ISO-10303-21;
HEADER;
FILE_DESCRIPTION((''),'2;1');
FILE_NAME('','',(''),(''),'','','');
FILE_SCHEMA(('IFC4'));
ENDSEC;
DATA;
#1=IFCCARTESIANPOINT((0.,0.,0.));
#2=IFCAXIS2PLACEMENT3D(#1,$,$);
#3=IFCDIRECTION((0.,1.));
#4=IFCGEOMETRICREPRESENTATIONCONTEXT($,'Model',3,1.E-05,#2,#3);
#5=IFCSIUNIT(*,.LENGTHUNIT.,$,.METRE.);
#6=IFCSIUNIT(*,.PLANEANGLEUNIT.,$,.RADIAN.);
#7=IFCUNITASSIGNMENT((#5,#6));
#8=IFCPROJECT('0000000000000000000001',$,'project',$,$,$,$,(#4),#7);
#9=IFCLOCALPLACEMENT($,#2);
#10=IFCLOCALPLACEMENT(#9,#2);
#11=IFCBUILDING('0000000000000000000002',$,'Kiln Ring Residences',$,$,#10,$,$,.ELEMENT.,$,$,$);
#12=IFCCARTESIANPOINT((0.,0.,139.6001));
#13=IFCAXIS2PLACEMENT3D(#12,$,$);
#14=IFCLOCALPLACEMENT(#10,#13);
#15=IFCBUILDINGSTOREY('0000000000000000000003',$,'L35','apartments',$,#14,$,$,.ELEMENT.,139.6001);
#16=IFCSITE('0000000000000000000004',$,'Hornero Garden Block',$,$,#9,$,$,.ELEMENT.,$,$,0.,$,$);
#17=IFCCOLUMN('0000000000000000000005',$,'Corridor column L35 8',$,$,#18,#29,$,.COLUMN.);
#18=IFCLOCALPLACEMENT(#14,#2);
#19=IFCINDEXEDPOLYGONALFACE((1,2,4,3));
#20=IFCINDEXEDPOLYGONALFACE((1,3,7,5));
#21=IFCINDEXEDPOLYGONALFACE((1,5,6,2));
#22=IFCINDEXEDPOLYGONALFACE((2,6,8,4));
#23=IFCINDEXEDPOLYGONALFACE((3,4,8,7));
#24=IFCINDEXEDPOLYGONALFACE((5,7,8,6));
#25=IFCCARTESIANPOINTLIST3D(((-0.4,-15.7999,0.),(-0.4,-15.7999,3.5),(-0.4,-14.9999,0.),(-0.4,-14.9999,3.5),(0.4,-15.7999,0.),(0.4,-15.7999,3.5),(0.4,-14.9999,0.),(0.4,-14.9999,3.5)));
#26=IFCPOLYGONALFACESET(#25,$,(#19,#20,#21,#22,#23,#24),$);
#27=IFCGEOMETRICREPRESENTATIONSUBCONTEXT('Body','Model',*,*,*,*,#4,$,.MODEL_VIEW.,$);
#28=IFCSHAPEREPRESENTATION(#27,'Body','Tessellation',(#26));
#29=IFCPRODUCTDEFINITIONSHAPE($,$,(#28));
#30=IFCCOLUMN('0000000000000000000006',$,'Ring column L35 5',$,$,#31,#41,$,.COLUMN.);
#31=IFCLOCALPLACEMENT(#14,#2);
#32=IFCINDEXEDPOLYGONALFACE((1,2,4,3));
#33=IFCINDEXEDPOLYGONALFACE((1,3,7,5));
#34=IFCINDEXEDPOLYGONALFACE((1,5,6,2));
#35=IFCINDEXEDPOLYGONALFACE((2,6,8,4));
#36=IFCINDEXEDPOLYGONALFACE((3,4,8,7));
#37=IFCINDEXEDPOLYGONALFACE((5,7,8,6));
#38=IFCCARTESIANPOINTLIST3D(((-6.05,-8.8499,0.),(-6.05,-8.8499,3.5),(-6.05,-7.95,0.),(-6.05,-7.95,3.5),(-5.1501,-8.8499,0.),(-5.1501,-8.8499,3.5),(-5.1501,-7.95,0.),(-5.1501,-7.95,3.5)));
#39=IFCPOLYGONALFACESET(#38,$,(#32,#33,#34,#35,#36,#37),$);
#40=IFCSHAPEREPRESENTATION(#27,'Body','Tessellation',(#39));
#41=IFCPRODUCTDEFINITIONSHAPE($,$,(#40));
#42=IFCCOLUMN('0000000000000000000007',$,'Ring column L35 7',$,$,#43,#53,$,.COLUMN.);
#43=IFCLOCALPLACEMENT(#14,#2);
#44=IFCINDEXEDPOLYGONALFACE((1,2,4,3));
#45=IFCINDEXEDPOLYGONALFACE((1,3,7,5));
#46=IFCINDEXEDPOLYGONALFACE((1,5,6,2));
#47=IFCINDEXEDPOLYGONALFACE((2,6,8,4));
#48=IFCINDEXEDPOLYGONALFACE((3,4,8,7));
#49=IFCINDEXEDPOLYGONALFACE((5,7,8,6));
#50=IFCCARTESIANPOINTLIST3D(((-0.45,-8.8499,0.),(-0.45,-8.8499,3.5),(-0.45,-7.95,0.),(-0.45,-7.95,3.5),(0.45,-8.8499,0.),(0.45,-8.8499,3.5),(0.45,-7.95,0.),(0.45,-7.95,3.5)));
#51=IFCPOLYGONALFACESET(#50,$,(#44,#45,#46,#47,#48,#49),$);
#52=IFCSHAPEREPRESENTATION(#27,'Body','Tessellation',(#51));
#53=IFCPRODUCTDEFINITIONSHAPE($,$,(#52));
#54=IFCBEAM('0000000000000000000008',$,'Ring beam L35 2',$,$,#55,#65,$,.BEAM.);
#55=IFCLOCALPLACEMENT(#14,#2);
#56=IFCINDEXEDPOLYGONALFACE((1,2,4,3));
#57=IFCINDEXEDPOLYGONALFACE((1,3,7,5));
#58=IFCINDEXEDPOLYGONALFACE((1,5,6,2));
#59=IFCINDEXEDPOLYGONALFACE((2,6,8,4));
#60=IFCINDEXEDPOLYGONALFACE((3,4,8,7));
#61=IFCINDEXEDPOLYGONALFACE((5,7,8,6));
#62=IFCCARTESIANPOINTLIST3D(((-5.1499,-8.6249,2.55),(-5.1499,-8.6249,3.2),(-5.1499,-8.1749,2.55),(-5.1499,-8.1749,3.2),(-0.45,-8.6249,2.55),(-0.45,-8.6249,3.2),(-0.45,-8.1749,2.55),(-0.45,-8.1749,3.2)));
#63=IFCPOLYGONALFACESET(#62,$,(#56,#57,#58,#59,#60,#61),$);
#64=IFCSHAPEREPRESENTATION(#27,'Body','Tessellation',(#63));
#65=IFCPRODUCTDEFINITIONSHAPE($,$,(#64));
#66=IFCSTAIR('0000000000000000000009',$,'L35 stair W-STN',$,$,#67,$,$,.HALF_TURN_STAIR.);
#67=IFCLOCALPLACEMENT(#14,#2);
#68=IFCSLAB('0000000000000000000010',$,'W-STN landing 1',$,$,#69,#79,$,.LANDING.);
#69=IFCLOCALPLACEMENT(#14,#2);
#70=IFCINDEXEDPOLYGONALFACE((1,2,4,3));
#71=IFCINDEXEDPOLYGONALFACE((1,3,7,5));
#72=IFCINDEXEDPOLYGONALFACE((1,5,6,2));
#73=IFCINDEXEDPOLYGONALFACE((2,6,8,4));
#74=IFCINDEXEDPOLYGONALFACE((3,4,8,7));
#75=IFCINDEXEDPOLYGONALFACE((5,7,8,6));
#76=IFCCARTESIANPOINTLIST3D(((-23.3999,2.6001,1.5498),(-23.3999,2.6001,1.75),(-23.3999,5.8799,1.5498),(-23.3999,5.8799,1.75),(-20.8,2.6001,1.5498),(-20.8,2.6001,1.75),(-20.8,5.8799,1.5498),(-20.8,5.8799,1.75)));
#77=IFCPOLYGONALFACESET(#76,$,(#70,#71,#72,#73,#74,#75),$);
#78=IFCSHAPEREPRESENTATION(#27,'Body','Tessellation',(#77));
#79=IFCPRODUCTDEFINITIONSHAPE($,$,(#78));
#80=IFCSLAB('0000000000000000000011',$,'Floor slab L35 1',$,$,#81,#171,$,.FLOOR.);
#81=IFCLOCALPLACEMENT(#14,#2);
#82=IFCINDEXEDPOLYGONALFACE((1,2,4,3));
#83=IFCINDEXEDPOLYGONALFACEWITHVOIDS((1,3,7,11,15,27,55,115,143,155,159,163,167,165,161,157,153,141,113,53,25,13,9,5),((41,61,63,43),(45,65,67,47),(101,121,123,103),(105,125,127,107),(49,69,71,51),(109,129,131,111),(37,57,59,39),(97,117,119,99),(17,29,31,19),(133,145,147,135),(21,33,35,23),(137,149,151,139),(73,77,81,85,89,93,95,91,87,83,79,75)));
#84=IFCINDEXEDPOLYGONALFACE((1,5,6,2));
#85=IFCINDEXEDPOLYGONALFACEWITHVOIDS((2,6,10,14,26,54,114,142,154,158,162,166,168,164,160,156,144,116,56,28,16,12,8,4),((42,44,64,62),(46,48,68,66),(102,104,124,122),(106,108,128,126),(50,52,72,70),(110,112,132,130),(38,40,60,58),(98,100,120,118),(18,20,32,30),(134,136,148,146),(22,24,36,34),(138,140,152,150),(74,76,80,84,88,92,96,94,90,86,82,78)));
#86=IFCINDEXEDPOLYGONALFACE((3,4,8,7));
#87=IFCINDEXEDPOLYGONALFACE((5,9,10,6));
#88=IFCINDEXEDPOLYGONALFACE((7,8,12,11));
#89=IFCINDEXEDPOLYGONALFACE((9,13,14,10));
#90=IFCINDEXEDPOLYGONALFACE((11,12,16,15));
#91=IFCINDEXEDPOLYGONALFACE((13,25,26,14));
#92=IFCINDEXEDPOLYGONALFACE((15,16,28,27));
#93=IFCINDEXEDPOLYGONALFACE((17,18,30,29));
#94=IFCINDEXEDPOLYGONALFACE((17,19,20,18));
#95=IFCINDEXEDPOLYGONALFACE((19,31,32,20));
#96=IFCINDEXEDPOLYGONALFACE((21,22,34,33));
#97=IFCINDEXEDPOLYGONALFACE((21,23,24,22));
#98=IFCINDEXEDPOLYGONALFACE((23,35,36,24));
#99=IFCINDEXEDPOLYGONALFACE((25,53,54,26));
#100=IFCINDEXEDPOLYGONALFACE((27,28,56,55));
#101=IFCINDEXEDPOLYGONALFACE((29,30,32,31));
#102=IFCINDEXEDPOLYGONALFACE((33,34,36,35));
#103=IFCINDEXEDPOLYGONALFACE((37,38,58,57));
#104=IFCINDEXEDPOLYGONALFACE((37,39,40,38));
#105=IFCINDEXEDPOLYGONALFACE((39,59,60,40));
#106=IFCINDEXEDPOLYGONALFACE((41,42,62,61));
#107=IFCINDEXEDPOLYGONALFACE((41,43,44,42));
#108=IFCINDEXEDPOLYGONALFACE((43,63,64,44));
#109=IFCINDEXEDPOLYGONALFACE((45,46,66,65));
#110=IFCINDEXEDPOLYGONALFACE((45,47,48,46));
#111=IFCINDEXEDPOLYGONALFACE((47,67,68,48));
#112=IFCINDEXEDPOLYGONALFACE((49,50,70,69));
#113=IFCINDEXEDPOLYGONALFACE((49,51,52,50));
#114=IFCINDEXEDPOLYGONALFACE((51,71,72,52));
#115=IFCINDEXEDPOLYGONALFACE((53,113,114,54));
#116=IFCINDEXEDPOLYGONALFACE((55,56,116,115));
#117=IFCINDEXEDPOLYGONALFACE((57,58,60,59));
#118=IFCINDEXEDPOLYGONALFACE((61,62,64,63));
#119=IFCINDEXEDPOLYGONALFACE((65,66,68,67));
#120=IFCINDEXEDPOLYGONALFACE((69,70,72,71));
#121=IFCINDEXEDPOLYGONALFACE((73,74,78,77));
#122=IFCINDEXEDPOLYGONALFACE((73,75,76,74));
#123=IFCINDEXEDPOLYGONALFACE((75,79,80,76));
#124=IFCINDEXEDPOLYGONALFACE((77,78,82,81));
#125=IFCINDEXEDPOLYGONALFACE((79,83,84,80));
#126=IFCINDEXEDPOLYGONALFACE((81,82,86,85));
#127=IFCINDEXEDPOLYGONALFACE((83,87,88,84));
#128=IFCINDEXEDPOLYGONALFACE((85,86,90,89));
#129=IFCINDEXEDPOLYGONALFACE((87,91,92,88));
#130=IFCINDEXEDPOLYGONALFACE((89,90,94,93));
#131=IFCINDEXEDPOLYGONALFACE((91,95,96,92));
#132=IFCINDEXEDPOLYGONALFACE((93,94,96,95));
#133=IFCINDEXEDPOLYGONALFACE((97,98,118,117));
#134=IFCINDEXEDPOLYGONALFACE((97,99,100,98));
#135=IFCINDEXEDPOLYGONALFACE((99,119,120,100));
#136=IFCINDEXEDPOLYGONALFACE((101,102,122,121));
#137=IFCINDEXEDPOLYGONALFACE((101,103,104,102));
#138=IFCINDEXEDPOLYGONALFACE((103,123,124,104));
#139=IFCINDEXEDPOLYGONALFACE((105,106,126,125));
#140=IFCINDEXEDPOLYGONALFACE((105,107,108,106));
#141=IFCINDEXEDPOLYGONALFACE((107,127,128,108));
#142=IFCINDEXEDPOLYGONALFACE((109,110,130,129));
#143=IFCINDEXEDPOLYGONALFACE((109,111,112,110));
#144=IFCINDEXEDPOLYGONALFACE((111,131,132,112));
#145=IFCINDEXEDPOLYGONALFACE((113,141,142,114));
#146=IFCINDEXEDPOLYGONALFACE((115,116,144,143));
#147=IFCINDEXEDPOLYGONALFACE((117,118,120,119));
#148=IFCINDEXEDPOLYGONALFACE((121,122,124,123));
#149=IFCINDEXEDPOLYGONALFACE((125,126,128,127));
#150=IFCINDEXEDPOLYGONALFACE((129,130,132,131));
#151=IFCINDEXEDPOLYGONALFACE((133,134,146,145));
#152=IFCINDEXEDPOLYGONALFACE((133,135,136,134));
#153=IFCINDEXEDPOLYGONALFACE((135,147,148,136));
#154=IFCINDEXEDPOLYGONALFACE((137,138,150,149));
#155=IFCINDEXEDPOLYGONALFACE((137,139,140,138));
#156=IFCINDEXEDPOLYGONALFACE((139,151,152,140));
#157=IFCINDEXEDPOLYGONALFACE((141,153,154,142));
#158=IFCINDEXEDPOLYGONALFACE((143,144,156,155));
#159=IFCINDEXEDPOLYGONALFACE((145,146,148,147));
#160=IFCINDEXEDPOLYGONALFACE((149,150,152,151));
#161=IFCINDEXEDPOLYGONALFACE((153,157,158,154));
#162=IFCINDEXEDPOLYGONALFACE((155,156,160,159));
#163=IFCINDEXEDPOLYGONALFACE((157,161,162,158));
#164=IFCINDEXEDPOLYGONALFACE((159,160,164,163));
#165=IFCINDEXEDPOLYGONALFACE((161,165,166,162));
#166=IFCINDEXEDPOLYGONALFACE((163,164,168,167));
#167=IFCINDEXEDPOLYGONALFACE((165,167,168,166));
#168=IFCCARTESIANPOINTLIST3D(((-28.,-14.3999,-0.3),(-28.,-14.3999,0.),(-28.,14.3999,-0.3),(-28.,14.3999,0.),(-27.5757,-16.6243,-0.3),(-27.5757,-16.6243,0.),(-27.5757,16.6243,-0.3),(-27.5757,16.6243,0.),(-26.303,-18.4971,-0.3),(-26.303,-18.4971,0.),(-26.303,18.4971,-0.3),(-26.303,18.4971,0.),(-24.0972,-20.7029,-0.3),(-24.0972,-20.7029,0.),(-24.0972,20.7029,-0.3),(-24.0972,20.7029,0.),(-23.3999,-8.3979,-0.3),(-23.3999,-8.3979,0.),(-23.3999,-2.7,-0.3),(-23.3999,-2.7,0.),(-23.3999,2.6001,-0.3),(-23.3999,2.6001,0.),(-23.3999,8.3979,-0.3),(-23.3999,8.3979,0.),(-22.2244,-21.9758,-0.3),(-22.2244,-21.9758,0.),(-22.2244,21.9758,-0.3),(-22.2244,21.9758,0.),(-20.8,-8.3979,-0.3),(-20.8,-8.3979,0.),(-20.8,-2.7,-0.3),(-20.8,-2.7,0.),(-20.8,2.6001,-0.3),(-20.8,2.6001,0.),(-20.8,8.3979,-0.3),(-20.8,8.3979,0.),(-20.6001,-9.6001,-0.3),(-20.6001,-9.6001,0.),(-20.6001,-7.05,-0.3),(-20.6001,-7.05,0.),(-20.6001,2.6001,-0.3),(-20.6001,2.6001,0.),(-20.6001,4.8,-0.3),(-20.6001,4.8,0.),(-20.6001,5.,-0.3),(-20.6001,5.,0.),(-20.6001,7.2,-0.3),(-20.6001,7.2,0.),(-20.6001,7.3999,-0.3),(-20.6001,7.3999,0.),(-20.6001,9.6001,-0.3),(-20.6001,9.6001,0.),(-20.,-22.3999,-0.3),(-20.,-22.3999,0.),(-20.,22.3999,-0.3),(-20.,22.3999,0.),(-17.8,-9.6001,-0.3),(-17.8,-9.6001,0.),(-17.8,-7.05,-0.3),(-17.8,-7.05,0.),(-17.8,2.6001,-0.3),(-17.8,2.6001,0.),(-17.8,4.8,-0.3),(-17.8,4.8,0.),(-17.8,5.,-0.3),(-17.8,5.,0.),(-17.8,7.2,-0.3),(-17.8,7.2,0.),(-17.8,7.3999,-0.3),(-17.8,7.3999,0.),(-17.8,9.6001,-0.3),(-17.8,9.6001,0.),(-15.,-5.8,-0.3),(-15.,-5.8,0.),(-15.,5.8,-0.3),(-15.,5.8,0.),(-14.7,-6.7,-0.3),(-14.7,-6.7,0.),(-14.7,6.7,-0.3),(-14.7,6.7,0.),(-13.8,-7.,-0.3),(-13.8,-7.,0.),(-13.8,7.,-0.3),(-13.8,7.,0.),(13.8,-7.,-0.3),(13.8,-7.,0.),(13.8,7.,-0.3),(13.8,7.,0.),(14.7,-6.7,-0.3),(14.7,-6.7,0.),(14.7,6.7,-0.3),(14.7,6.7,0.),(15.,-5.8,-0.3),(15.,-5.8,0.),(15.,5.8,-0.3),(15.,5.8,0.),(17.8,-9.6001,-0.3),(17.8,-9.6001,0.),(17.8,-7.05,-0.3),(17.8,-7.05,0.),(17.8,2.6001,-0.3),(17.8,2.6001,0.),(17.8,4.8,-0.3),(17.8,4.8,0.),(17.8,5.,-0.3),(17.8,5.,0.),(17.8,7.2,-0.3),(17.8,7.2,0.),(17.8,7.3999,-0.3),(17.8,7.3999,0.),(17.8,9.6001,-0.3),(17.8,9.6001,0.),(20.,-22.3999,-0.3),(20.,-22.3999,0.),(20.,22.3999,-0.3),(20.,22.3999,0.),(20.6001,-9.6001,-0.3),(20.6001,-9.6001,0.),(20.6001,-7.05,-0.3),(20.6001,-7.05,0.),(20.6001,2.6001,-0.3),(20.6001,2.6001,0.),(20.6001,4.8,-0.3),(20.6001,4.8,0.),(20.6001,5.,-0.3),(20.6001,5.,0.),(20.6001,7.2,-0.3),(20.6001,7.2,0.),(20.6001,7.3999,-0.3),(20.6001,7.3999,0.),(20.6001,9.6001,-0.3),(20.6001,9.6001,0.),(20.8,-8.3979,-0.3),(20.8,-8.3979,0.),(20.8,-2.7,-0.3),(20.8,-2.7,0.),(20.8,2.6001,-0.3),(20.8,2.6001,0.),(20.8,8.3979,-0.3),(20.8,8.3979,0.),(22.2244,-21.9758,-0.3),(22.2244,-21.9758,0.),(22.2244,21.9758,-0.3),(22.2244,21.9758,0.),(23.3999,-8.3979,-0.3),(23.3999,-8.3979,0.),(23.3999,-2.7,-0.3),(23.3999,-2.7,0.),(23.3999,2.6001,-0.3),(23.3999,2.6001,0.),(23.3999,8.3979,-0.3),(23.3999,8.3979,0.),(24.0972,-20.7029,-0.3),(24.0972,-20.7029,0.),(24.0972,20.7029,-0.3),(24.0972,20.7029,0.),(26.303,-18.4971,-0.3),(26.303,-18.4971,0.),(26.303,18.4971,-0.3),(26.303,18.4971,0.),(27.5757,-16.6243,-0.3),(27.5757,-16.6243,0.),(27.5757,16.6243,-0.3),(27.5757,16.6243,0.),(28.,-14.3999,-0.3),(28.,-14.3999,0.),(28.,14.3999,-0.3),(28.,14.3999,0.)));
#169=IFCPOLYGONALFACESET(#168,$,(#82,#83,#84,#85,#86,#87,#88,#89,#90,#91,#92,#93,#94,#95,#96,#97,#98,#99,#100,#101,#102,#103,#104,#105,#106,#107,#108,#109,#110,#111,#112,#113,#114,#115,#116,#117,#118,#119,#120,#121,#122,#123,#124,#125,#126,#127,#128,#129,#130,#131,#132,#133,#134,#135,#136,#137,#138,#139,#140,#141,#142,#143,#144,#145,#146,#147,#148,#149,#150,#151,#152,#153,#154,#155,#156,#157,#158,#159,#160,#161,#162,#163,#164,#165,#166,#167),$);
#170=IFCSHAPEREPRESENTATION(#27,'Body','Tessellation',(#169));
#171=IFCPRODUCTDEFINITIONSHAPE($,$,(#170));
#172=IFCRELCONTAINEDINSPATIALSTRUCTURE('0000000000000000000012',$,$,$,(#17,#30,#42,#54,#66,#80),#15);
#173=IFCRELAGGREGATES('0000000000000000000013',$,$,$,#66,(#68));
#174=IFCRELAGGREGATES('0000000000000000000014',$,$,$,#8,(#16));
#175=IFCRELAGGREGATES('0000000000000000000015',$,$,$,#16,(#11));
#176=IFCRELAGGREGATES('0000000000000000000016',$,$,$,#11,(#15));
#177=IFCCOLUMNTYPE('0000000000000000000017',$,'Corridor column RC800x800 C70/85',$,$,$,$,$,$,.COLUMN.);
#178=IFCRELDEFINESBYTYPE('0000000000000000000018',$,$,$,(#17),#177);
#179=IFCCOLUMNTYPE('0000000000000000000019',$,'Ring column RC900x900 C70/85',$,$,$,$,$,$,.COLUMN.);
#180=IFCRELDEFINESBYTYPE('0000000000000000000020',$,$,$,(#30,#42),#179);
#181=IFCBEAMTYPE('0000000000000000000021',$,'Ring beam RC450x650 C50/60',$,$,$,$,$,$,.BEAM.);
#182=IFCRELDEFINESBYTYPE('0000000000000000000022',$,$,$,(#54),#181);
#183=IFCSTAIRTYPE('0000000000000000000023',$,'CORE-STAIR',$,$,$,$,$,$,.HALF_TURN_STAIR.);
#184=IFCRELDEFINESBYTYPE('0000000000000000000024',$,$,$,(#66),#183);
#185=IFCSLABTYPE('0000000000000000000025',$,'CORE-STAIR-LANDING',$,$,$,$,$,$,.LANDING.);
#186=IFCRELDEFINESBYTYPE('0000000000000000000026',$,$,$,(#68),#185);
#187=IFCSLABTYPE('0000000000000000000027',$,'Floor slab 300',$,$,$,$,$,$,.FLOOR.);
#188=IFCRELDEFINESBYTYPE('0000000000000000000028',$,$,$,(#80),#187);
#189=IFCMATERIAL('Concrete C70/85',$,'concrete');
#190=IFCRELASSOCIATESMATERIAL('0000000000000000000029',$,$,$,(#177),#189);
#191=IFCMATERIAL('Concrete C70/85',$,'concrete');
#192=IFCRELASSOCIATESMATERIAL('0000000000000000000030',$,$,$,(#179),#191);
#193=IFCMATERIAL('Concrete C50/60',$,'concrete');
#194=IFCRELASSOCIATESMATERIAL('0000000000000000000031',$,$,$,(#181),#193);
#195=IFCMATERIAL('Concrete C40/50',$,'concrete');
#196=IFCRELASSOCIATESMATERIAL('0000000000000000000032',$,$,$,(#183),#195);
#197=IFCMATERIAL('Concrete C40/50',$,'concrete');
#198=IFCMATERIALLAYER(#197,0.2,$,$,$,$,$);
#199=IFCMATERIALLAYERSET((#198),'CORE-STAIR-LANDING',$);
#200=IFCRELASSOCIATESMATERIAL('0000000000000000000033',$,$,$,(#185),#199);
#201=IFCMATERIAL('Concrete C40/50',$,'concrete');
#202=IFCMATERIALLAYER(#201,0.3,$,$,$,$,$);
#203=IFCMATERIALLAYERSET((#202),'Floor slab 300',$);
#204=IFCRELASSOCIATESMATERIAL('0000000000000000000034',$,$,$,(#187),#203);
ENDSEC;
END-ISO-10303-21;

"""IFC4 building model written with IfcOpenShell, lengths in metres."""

from ifc_helpers import new_model, si_unit, direction, frame, origin, origin_2d, place, context, subcontext, project, spatial, polyline, rectangle, outline, extrude, material, layer, layer_set, material_profile, profile_set, type_object, element, aggregate, save


model = new_model("IFC4")

# Units and contexts
model_context = context("Model", 3, precision=1e-05, world=origin(), true_north=direction((0.0, 1.0)))
body_context = subcontext(model_context, "Body", "Model", "MODEL_VIEW")
ifc_project = project(units=[si_unit("LENGTHUNIT", "METRE"), si_unit("PLANEANGLEUNIT", "RADIAN")], contexts=[model_context])

# Site, building, storey
site_placement = place(None, origin())
site = spatial("IfcSite", under=ifc_project, at=site_placement, Name="Hornero Garden Block", CompositionType="ELEMENT", RefElevation=0.0)
building_placement = place(site_placement, origin())
building = spatial("IfcBuilding", under=site, at=building_placement, Name="Kiln Ring Residences", CompositionType="ELEMENT")
storey_placement = place(building_placement, frame((0.0, 0.0, 139.6001)))
storey = spatial("IfcBuildingStorey", under=building, at=storey_placement, Name="L35", Description="apartments", CompositionType="ELEMENT", Elevation=139.6001)

# Columns
ifc_material_1 = material(Name="Concrete C70/85", Category="concrete")
ifc_material_profile_1 = material_profile(ifc_material_1, rectangle(XDim=0.8, YDim=0.8, at=origin_2d()), Name="RC800x800")
ifc_profile_set_1 = profile_set([ifc_material_profile_1], Name="Concrete C70/85")
column_type_1 = type_object("IfcColumnType", Name="Corridor column RC800x800 C70/85", PredefinedType="COLUMN", material=ifc_profile_set_1)
column_placement = place(storey_placement, frame((0.0, -15.3999, 0.0), z_axis=(0.0, 0.0, 1.0), x_axis=(1.0, 0.0, 0.0)))
element("IfcColumn", 1, at=column_placement, inside=storey, type_object=column_type_1, Name="Corridor column L35 8", PredefinedType="COLUMN", context=body_context, shape_type="SweptSolid", body=[
    extrude(rectangle(XDim=0.8, YDim=0.8, at=origin_2d()), origin(), (0.0, 0.0, 1.0), 3.5),
])
ifc_material_2 = material(Name="Concrete C70/85", Category="concrete")
ifc_material_profile_2 = material_profile(ifc_material_2, rectangle(XDim=0.8999, YDim=0.8999, at=origin_2d()), Name="RC900x900")
ifc_profile_set_2 = profile_set([ifc_material_profile_2], Name="Concrete C70/85")
column_type_2 = type_object("IfcColumnType", Name="Ring column RC900x900 C70/85", PredefinedType="COLUMN", material=ifc_profile_set_2)
for number, where, z_axis, x_axis, name in (
    (2, (-5.6001, -8.3999, 0.0), (0.0, 0.0, 1.0), (1.0, 0.0, 0.0), "Ring column L35 5"),
    (3, (0.0, -8.3999, 0.0), (0.0, 0.0, 1.0), (1.0, 0.0, 0.0), "Ring column L35 7"),
):
    element("IfcColumn", number, at=place(storey_placement, frame(where, z_axis=z_axis, x_axis=x_axis)), inside=storey, type_object=column_type_2, Name=name, PredefinedType="COLUMN", context=body_context, shape_type="SweptSolid", body=[
        extrude(rectangle(XDim=0.8999, YDim=0.8999, at=origin_2d()), origin(), (0.0, 0.0, 1.0), 3.5),
    ])

# Beam
ifc_material_3 = material(Name="Concrete C50/60", Category="concrete")
ifc_material_profile_3 = material_profile(ifc_material_3, rectangle(XDim=0.45, YDim=0.6499, at=origin_2d()), Name="RC450x650")
ifc_profile_set_3 = profile_set([ifc_material_profile_3], Name="Concrete C50/60")
beam_type = type_object("IfcBeamType", Name="Ring beam RC450x650 C50/60", PredefinedType="BEAM", material=ifc_profile_set_3)
beam_placement = place(storey_placement, frame((-5.1499, -8.3999, 2.875), z_axis=(1.0, 0.0, 0.0), x_axis=(0.0, 1.0, 0.0)))
element("IfcBeam", 4, at=beam_placement, inside=storey, type_object=beam_type, Name="Ring beam L35 2", PredefinedType="BEAM", context=body_context, shape_type="SweptSolid", body=[
    extrude(rectangle(XDim=0.45, YDim=0.6499, at=origin_2d()), origin(), (0.0, 0.0, 1.0), 4.7),
])

# Stair, slab
ifc_material_4 = material(Name="Concrete C40/50", Category="concrete")
stair_type = type_object("IfcStairType", Name="CORE-STAIR", PredefinedType="HALF_TURN_STAIR", material=ifc_material_4)
stair_placement = place(storey_placement, origin())
stair = element("IfcStair", 5, at=stair_placement, inside=storey, type_object=stair_type, Name="L35 stair W-STN", PredefinedType="HALF_TURN_STAIR")
ifc_material_5 = material(Name="Concrete C40/50", Category="concrete")
ifc_layer_1 = layer(ifc_material_5, 0.2)
ifc_layer_set_1 = layer_set([ifc_layer_1], Name="CORE-STAIR-LANDING")
slab_type_1 = type_object("IfcSlabType", Name="CORE-STAIR-LANDING", PredefinedType="LANDING", material=ifc_layer_set_1)
slab_1_placement = place(storey_placement, frame((0.0, 0.0, 1.5498)))
slab_1 = element("IfcSlab", 6, at=slab_1_placement, type_object=slab_type_1, Name="W-STN landing 1", PredefinedType="LANDING", context=body_context, shape_type="SweptSolid", body=[
    extrude(outline(polyline([(-23.3999, 5.8799), (-23.3999, 2.6001), (-20.8, 2.6001), (-20.8, 5.8799), (-23.3999, 5.8799)])), origin(), (0.0, 0.0, 1.0), 0.2002),
])
aggregate(stair, [slab_1])

# Slab
ifc_material_6 = material(Name="Concrete C40/50", Category="concrete")
ifc_layer_2 = layer(ifc_material_6, 0.3)
ifc_layer_set_2 = layer_set([ifc_layer_2], Name="Floor slab 300")
slab_type_2 = type_object("IfcSlabType", Name="Floor slab 300", PredefinedType="FLOOR", material=ifc_layer_set_2)
slab_2_placement = place(storey_placement, frame((0.0, 0.0, -0.3)))
element("IfcSlab", 7, at=slab_2_placement, inside=storey, type_object=slab_type_2, Name="Floor slab L35 1", PredefinedType="FLOOR", context=body_context, shape_type="SweptSolid", body=[
    extrude(outline(polyline([(-26.303, -18.4971), (-24.0972, -20.7029), (-22.2244, -21.9758), (-20.0, -22.3999), (20.0, -22.3999), (22.2244, -21.9758), (24.0972, -20.7029), (26.303, -18.4971), (27.5757, -16.6243), (28.0, -14.3999), (28.0, 14.3999), (27.5757, 16.6243), (26.303, 18.4971), (24.0972, 20.7029), (22.2244, 21.9758), (20.0, 22.3999), (-20.0, 22.3999), (-22.2244, 21.9758), (-24.0972, 20.7029), (-26.303, 18.4971), (-27.5757, 16.6243), (-28.0, 14.3999), (-28.0, -14.3999), (-27.5757, -16.6243), (-26.303, -18.4971)]), holes=[polyline([(-14.7, -6.7), (-15.0, -5.8), (-15.0, 5.8), (-14.7, 6.7), (-13.8, 7.0), (13.8, 7.0), (14.7, 6.7), (15.0, 5.8), (15.0, -5.8), (14.7, -6.7), (13.8, -7.0), (-13.8, -7.0), (-14.7, -6.7)]), polyline([(20.8, -8.3979), (20.8, -2.7), (23.3999, -2.7), (23.3999, -8.3979), (20.8, -8.3979)]), polyline([(23.3999, 2.6001), (20.8, 2.6001), (20.8, 8.3979), (23.3999, 8.3979), (23.3999, 2.6001)]), polyline([(17.8, 2.6001), (17.8, 4.8), (20.6001, 4.8), (20.6001, 2.6001), (17.8, 2.6001)]), polyline([(17.8, 5.0), (17.8, 7.2), (20.6001, 7.2), (20.6001, 5.0), (17.8, 5.0)]), polyline([(17.8, 7.3999), (17.8, 9.6001), (20.6001, 9.6001), (20.6001, 7.3999), (17.8, 7.3999)]), polyline([(20.6001, -9.6001), (17.8, -9.6001), (17.8, -7.05), (20.6001, -7.05), (20.6001, -9.6001)]), polyline([(-17.8, -7.05), (-17.8, -9.6001), (-20.6001, -9.6001), (-20.6001, -7.05), (-17.8, -7.05)]), polyline([(-17.8, 2.6001), (-20.6001, 2.6001), (-20.6001, 4.8), (-17.8, 4.8), (-17.8, 2.6001)]), polyline([(-17.8, 5.0), (-20.6001, 5.0), (-20.6001, 7.2), (-17.8, 7.2), (-17.8, 5.0)]), polyline([(-17.8, 7.3999), (-20.6001, 7.3999), (-20.6001, 9.6001), (-17.8, 9.6001), (-17.8, 7.3999)]), polyline([(-20.8, -8.3979), (-23.3999, -8.3979), (-23.3999, -2.7), (-20.8, -2.7), (-20.8, -8.3979)]), polyline([(-20.8, 8.3979), (-20.8, 2.6001), (-23.3999, 2.6001), (-23.3999, 8.3979), (-20.8, 8.3979)])]), origin(), (0.0, 0.0, 1.0), 0.3),
])

save(model, "model.ifc")
